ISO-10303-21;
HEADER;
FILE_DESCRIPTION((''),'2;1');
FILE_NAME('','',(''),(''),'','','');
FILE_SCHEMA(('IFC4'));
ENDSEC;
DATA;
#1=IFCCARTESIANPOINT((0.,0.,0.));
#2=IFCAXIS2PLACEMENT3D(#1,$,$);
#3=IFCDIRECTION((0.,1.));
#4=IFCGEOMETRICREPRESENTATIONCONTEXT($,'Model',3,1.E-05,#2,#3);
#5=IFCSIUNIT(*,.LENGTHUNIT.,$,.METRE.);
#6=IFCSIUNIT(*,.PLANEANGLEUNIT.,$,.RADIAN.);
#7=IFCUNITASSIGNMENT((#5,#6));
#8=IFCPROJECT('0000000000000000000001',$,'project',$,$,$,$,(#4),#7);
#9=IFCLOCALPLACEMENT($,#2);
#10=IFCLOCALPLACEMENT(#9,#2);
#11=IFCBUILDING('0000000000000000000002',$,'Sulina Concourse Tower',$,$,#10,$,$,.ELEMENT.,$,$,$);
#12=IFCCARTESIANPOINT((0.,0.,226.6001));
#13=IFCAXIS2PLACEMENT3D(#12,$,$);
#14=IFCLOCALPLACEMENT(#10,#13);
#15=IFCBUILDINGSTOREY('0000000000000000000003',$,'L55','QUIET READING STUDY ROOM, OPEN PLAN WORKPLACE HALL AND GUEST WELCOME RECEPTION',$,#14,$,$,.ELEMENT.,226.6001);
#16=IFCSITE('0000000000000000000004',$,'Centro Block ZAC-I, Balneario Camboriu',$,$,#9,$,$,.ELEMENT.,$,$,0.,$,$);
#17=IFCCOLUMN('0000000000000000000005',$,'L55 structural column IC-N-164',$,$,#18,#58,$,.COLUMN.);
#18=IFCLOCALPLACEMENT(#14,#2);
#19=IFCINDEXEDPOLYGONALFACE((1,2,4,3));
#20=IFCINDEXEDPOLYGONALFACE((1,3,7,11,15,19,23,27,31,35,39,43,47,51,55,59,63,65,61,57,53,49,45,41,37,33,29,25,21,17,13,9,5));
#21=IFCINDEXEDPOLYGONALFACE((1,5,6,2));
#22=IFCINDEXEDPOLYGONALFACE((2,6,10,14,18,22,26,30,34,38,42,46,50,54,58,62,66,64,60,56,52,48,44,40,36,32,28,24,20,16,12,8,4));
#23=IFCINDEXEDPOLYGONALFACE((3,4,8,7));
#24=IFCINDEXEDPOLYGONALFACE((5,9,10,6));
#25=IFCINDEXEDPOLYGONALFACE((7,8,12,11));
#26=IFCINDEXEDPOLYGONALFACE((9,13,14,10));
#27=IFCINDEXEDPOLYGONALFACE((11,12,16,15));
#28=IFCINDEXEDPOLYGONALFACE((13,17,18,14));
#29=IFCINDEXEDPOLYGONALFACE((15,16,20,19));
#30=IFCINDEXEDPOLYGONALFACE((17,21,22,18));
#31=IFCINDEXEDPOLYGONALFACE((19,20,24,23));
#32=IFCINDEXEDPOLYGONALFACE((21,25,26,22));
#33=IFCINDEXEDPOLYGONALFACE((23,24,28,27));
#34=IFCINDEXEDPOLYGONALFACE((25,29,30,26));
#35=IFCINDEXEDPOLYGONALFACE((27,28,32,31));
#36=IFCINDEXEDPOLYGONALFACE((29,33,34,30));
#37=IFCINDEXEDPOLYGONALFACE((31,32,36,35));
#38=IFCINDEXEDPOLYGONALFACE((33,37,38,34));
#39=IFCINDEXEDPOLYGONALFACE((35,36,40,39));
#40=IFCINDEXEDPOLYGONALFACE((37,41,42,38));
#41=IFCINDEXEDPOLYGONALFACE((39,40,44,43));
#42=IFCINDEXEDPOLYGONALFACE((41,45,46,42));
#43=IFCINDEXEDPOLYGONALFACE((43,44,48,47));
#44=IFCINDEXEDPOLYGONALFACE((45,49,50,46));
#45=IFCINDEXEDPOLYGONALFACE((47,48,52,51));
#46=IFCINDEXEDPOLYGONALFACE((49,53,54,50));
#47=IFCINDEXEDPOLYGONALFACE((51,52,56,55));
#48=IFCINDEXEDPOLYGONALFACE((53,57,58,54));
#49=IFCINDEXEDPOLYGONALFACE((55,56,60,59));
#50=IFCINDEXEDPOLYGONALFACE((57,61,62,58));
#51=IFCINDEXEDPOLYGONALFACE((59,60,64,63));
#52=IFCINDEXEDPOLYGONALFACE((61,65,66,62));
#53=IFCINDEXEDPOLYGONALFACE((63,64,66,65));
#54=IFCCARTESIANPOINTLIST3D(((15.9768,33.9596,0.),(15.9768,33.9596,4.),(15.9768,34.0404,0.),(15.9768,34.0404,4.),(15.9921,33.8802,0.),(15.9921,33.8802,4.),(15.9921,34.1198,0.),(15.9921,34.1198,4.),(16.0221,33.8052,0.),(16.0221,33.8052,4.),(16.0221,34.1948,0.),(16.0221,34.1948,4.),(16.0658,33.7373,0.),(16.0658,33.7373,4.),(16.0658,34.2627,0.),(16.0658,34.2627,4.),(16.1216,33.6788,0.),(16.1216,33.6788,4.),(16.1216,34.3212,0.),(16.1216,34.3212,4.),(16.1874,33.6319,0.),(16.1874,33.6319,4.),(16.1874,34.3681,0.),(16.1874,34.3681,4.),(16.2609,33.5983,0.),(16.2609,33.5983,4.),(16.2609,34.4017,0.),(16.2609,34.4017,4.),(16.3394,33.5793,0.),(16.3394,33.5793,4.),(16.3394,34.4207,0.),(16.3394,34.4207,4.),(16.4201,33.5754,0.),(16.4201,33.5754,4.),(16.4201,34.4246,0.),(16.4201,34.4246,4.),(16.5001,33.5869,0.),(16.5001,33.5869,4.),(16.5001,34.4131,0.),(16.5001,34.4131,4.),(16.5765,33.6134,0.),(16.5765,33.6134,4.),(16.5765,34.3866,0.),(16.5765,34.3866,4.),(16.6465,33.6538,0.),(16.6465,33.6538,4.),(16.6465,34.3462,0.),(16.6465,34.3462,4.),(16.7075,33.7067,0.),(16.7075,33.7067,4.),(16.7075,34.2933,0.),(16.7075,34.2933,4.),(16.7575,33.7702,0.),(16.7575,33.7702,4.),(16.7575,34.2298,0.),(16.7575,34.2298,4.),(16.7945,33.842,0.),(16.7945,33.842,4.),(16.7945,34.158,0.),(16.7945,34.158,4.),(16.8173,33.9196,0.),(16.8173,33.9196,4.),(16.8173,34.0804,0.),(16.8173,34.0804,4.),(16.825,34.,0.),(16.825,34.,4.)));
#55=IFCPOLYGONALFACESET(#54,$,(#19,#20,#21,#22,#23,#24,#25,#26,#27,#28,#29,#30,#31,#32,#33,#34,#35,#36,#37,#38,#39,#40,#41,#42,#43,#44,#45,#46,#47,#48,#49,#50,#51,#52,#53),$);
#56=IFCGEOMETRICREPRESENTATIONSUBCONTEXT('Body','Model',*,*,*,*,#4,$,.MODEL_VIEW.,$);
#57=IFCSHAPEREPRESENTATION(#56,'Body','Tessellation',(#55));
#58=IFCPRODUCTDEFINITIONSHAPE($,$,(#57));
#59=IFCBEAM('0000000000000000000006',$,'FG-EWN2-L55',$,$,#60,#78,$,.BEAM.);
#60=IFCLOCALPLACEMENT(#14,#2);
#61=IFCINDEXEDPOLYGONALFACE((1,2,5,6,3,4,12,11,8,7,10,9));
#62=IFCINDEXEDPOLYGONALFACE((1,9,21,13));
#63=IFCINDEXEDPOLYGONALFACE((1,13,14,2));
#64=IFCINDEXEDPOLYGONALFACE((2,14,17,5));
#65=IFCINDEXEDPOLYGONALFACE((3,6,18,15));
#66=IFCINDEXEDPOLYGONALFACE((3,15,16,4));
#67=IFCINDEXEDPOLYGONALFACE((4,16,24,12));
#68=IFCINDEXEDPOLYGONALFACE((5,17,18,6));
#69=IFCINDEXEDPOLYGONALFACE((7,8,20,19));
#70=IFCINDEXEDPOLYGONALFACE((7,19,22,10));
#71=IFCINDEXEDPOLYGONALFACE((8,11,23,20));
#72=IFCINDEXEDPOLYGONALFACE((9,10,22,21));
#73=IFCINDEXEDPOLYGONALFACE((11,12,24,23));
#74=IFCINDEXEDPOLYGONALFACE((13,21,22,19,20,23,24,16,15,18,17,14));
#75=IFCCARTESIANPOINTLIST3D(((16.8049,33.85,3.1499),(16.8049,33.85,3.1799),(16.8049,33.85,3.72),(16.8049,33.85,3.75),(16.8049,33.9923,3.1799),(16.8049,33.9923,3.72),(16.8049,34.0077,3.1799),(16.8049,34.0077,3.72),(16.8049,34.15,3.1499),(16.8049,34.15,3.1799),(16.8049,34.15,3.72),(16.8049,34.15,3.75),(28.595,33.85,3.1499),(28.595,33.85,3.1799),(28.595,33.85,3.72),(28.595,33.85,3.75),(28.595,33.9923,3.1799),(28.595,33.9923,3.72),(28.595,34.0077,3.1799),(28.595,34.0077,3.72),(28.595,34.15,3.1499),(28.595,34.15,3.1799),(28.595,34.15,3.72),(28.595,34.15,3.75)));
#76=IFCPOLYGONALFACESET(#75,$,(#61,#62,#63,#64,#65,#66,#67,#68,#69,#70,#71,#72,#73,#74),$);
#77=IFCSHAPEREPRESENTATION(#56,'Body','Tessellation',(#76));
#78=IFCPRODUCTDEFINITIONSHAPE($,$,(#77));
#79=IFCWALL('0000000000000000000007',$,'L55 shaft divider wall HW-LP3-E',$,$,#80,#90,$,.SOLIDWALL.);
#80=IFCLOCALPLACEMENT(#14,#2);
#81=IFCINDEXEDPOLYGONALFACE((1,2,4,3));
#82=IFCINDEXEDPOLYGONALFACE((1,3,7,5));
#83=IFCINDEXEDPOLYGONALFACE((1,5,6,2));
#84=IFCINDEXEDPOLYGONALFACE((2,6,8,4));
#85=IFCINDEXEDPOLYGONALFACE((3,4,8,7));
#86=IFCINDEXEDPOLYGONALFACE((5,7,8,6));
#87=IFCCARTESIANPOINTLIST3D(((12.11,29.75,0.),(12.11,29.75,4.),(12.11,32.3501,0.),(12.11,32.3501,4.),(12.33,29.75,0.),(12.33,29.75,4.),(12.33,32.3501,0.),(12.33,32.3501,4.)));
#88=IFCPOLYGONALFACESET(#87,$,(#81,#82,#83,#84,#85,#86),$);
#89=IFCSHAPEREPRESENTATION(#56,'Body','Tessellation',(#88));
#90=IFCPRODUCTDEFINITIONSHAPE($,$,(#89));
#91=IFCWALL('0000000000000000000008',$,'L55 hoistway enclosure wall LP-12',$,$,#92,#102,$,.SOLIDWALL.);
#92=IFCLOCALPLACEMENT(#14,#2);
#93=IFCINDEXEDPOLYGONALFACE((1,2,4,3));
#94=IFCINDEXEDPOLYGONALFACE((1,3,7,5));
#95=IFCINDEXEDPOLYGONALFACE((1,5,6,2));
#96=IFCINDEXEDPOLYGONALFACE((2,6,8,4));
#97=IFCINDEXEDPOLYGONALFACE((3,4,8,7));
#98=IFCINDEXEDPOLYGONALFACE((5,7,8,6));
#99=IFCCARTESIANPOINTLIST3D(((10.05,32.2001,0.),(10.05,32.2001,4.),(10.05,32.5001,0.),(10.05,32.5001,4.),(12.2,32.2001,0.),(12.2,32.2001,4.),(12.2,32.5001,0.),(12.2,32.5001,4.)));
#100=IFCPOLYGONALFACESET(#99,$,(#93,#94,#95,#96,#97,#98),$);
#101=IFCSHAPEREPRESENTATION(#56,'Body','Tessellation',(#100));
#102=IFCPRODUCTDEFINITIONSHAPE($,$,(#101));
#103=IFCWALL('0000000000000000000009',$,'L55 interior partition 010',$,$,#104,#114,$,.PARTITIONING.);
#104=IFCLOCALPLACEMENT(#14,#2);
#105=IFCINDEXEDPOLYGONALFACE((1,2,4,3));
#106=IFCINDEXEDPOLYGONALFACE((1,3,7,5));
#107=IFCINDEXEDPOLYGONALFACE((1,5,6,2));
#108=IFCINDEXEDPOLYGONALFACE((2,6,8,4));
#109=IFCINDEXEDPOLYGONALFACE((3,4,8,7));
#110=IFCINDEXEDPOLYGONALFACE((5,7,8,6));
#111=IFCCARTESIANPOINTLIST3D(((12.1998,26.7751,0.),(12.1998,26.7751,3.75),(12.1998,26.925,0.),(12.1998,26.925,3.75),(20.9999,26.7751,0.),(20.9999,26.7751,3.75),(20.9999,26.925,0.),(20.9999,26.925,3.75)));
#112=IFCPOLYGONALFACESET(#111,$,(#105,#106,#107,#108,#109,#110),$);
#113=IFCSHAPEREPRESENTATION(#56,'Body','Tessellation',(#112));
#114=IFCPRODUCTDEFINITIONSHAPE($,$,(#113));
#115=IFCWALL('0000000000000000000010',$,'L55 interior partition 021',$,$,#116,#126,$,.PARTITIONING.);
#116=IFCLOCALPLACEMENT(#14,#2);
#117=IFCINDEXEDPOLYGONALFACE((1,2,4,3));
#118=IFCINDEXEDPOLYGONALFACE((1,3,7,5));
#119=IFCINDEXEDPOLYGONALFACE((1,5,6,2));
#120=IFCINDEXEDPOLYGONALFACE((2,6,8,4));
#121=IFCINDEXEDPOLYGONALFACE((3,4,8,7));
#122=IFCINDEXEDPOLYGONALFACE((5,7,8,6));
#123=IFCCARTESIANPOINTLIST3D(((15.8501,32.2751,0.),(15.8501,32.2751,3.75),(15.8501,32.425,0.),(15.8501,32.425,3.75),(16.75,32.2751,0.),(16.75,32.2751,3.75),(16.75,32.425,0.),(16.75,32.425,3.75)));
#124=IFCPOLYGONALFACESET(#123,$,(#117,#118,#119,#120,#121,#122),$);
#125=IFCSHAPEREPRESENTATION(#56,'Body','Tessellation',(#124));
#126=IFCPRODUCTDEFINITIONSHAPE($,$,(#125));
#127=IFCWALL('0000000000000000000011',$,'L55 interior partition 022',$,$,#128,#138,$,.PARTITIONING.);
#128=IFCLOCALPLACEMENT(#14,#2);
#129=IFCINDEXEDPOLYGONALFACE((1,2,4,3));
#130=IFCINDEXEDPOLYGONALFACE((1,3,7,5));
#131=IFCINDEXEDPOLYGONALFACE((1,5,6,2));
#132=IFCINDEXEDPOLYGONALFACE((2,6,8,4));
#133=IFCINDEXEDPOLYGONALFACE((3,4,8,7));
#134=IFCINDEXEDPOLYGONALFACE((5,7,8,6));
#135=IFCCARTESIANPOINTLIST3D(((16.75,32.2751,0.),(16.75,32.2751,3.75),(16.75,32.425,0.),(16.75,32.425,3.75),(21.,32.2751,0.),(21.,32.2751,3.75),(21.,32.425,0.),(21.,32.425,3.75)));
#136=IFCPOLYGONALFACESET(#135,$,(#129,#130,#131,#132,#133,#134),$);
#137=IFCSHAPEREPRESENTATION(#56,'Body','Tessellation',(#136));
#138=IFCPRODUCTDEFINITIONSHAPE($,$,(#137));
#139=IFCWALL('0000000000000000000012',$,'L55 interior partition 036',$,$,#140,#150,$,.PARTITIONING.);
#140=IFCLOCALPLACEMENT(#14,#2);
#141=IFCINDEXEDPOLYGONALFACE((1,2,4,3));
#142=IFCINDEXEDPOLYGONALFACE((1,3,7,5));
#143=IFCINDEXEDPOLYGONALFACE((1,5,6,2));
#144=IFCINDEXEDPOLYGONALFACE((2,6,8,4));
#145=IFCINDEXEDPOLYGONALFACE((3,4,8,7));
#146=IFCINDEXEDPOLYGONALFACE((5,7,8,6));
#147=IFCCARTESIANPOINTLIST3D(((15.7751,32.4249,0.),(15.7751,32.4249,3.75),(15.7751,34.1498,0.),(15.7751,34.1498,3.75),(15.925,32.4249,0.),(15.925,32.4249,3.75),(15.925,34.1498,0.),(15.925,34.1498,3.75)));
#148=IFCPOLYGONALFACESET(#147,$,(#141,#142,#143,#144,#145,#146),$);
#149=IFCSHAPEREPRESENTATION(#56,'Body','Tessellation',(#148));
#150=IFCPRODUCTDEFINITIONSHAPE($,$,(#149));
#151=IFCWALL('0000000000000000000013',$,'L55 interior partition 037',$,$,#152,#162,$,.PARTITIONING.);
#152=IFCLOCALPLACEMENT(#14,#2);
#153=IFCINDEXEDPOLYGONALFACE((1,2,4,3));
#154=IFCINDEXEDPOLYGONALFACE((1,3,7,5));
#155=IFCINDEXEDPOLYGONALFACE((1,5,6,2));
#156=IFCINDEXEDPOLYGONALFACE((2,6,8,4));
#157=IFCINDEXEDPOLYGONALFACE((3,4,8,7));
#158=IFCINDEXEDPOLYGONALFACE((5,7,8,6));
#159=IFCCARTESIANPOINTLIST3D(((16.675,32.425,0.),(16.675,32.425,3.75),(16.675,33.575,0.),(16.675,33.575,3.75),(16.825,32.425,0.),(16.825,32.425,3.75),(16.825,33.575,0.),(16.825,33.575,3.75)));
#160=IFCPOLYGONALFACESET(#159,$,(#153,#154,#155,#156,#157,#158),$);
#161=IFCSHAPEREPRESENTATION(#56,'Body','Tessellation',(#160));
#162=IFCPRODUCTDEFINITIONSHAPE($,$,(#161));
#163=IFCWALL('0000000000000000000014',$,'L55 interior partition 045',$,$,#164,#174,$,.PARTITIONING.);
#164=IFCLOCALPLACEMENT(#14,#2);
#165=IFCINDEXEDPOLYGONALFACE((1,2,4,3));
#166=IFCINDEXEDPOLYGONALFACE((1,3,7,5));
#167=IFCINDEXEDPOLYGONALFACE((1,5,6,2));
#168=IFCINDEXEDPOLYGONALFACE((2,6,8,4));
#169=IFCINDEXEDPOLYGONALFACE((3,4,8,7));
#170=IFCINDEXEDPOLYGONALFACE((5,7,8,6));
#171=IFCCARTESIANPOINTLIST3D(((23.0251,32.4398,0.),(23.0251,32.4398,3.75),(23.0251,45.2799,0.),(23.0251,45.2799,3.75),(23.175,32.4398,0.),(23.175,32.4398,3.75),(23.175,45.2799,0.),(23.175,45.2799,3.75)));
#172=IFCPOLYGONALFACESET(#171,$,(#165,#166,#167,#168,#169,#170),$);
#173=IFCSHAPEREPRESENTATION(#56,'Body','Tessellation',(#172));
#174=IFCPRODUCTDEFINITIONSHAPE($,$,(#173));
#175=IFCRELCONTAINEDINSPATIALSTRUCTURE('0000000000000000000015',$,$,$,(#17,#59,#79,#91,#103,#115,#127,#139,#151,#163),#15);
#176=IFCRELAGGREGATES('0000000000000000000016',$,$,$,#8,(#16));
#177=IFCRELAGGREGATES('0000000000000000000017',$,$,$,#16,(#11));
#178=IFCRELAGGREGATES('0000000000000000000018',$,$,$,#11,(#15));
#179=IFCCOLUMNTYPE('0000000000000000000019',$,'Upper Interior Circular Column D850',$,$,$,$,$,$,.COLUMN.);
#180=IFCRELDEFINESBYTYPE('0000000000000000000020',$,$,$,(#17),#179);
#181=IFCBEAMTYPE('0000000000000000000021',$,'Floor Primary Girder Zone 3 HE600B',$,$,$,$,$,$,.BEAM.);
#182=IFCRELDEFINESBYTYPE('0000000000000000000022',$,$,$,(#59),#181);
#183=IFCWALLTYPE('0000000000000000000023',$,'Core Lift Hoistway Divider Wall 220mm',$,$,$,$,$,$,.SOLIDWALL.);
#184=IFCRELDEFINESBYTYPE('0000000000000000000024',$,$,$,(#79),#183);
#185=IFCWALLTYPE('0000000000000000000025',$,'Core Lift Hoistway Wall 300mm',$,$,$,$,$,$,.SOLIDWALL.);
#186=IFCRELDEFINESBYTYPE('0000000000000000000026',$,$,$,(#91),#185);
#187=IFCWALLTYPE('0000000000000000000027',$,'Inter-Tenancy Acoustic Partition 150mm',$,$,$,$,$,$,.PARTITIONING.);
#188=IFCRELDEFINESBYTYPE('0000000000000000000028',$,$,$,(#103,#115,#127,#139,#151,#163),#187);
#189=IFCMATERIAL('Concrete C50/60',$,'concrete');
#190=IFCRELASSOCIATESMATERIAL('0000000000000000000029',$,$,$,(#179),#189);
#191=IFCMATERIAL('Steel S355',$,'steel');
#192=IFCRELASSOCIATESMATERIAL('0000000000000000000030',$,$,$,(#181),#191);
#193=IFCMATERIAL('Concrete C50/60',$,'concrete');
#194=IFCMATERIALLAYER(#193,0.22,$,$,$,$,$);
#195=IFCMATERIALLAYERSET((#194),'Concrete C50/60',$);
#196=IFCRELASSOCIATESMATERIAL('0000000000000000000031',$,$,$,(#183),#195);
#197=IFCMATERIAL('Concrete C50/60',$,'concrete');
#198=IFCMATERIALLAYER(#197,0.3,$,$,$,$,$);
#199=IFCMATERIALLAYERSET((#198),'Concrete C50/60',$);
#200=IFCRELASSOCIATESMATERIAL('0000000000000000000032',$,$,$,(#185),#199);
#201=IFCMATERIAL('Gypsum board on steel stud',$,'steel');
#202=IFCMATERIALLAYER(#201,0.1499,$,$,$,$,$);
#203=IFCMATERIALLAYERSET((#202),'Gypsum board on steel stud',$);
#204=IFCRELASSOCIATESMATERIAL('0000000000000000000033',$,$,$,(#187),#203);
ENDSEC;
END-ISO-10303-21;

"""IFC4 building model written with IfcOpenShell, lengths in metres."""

from ifc_helpers import new_model, si_unit, direction, frame, frame_2d, origin, origin_2d, place, context, subcontext, project, spatial, rectangle, circle, i_section, extrude, material, layer, layer_set, material_profile, profile_set, type_object, element, save


model = new_model("IFC4")

# Units and contexts
model_context = context("Model", 3, precision=1e-05, world=origin(), true_north=direction((0.0, 1.0)))
body_context = subcontext(model_context, "Body", "Model", "MODEL_VIEW")
ifc_project = project(units=[si_unit("LENGTHUNIT", "METRE"), si_unit("PLANEANGLEUNIT", "RADIAN")], contexts=[model_context])

# Site, building, storey
site_placement = place(None, origin())
site = spatial("IfcSite", under=ifc_project, at=site_placement, Name="Centro Block ZAC-I, Balneario Camboriu", CompositionType="ELEMENT", RefElevation=0.0)
building_placement = place(site_placement, origin())
building = spatial("IfcBuilding", under=site, at=building_placement, Name="Sulina Concourse Tower", CompositionType="ELEMENT")
storey_placement = place(building_placement, frame((0.0, 0.0, 226.6001)))
storey = spatial("IfcBuildingStorey", under=building, at=storey_placement, Name="L55", Description="QUIET READING STUDY ROOM, OPEN PLAN WORKPLACE HALL AND GUEST WELCOME RECEPTION", CompositionType="ELEMENT", Elevation=226.6001)

# Column
ifc_material_1 = material(Name="Concrete C50/60", Category="concrete")
ifc_material_profile_1 = material_profile(ifc_material_1, circle(Radius=0.425, at=origin_2d()), Name="RC D850")
ifc_profile_set_1 = profile_set([ifc_material_profile_1], Name="Concrete C50/60")
column_type = type_object("IfcColumnType", Name="Upper Interior Circular Column D850", PredefinedType="COLUMN", material=ifc_profile_set_1)
column_placement = place(storey_placement, frame((16.3999, 34.0, 0.0), z_axis=(0.0, 0.0, 1.0), x_axis=(1.0, 0.0, 0.0)))
element("IfcColumn", 1, at=column_placement, inside=storey, type_object=column_type, Name="L55 structural column IC-N-164", PredefinedType="COLUMN", context=body_context, shape_type="SweptSolid", body=[
    extrude(circle(Radius=0.425, at=origin_2d()), origin(), (0.0, 0.0, 1.0), 4.0),
])

# Beam
ifc_material_2 = material(Name="Steel S355", Category="steel")
ifc_material_profile_2 = material_profile(ifc_material_2, i_section(OverallWidth=0.3, OverallDepth=0.6001, WebThickness=0.0154, FlangeThickness=0.03, at=origin_2d()), Name="HE 600 B")
ifc_profile_set_2 = profile_set([ifc_material_profile_2], Name="Steel S355")
beam_type = type_object("IfcBeamType", Name="Floor Primary Girder Zone 3 HE600B", PredefinedType="BEAM", material=ifc_profile_set_2)
beam_placement = place(storey_placement, frame((16.8049, 34.0, 3.45), z_axis=(1.0, 0.0, 0.0), x_axis=(0.0, 1.0, 0.0)))
element("IfcBeam", 2, at=beam_placement, inside=storey, type_object=beam_type, Name="FG-EWN2-L55", PredefinedType="BEAM", context=body_context, shape_type="SweptSolid", body=[
    extrude(i_section(OverallWidth=0.3, OverallDepth=0.6001, WebThickness=0.0154, FlangeThickness=0.03, at=origin_2d()), origin(), (0.0, 0.0, 1.0), 11.79),
])

# Walls
ifc_material_3 = material(Name="Concrete C50/60", Category="concrete")
ifc_layer_1 = layer(ifc_material_3, 0.22)
ifc_layer_set_1 = layer_set([ifc_layer_1], Name="Concrete C50/60")
wall_type_1 = type_object("IfcWallType", Name="Core Lift Hoistway Divider Wall 220mm", PredefinedType="SOLIDWALL", material=ifc_layer_set_1)
wall_1_placement = place(storey_placement, frame((12.22, 29.75, 0.0), z_axis=(0.0, 0.0, 1.0), x_axis=(0.0, 1.0, 0.0)))
element("IfcWall", 3, at=wall_1_placement, inside=storey, type_object=wall_type_1, Name="L55 shaft divider wall HW-LP3-E", PredefinedType="SOLIDWALL", context=body_context, shape_type="SweptSolid", body=[
    extrude(rectangle(XDim=2.6001, YDim=0.22, at=frame_2d((1.3, 0.0))), origin(), (0.0, 0.0, 1.0), 4.0),
])
ifc_material_4 = material(Name="Concrete C50/60", Category="concrete")
ifc_layer_2 = layer(ifc_material_4, 0.3)
ifc_layer_set_2 = layer_set([ifc_layer_2], Name="Concrete C50/60")
wall_type_2 = type_object("IfcWallType", Name="Core Lift Hoistway Wall 300mm", PredefinedType="SOLIDWALL", material=ifc_layer_set_2)
wall_2_placement = place(storey_placement, frame((10.05, 32.3501, 0.0), z_axis=(0.0, 0.0, 1.0), x_axis=(1.0, 0.0, 0.0)))
element("IfcWall", 4, at=wall_2_placement, inside=storey, type_object=wall_type_2, Name="L55 hoistway enclosure wall LP-12", PredefinedType="SOLIDWALL", context=body_context, shape_type="SweptSolid", body=[
    extrude(rectangle(XDim=2.1499, YDim=0.3, at=frame_2d((1.075, 0.0))), origin(), (0.0, 0.0, 1.0), 4.0),
])
ifc_material_5 = material(Name="Gypsum board on steel stud", Category="steel")
ifc_layer_3 = layer(ifc_material_5, 0.1499)
ifc_layer_set_3 = layer_set([ifc_layer_3], Name="Gypsum board on steel stud")
wall_type_3 = type_object("IfcWallType", Name="Inter-Tenancy Acoustic Partition 150mm", PredefinedType="PARTITIONING", material=ifc_layer_set_3)
wall_3_placement = place(storey_placement, frame((12.2, 26.8501, 0.0), z_axis=(0.0, 0.0, 1.0), x_axis=(1.0, 0.0, 0.0)))
element("IfcWall", 5, at=wall_3_placement, inside=storey, type_object=wall_type_3, Name="L55 interior partition 010", PredefinedType="PARTITIONING", context=body_context, shape_type="SweptSolid", body=[
    extrude(rectangle(XDim=8.8, YDim=0.1499, at=frame_2d((4.3999, 0.0))), origin(), (0.0, 0.0, 1.0), 3.75),
])

# Walls
wall_4_placement = place(storey_placement, frame((15.8501, 32.3501, 0.0), z_axis=(0.0, 0.0, 1.0), x_axis=(1.0, 0.0, 0.0)))
element("IfcWall", 6, at=wall_4_placement, inside=storey, type_object=wall_type_3, Name="L55 interior partition 021", PredefinedType="PARTITIONING", context=body_context, shape_type="SweptSolid", body=[
    extrude(rectangle(XDim=0.8999, YDim=0.1499, at=frame_2d((0.45, 0.0))), origin(), (0.0, 0.0, 1.0), 3.75),
])
wall_5_placement = place(storey_placement, frame((16.75, 32.3501, 0.0), z_axis=(0.0, 0.0, 1.0), x_axis=(1.0, 0.0, 0.0)))
element("IfcWall", 7, at=wall_5_placement, inside=storey, type_object=wall_type_3, Name="L55 interior partition 022", PredefinedType="PARTITIONING", context=body_context, shape_type="SweptSolid", body=[
    extrude(rectangle(XDim=4.25, YDim=0.1499, at=frame_2d((2.125, 0.0))), origin(), (0.0, 0.0, 1.0), 3.75),
])
wall_6_placement = place(storey_placement, frame((15.8501, 32.425, 0.0), z_axis=(0.0, 0.0, 1.0), x_axis=(0.0, 1.0, 0.0)))
element("IfcWall", 8, at=wall_6_placement, inside=storey, type_object=wall_type_3, Name="L55 interior partition 036", PredefinedType="PARTITIONING", context=body_context, shape_type="SweptSolid", body=[
    extrude(rectangle(XDim=1.7249, YDim=0.1499, at=frame_2d((0.8623, 0.0))), origin(), (0.0, 0.0, 1.0), 3.75),
])
wall_7_placement = place(storey_placement, frame((16.75, 32.425, 0.0), z_axis=(0.0, 0.0, 1.0), x_axis=(0.0, 1.0, 0.0)))
element("IfcWall", 9, at=wall_7_placement, inside=storey, type_object=wall_type_3, Name="L55 interior partition 037", PredefinedType="PARTITIONING", context=body_context, shape_type="SweptSolid", body=[
    extrude(rectangle(XDim=1.1499, YDim=0.1499, at=frame_2d((0.575, 0.0))), origin(), (0.0, 0.0, 1.0), 3.75),
])
wall_8_placement = place(storey_placement, frame((23.1001, 32.4399, 0.0), z_axis=(0.0, 0.0, 1.0), x_axis=(0.0, 1.0, 0.0)))
element("IfcWall", 10, at=wall_8_placement, inside=storey, type_object=wall_type_3, Name="L55 interior partition 045", PredefinedType="PARTITIONING", context=body_context, shape_type="SweptSolid", body=[
    extrude(rectangle(XDim=12.8401, YDim=0.1499, at=frame_2d((6.4199, 0.0))), origin(), (0.0, 0.0, 1.0), 3.75),
])

save(model, "model.ifc")
